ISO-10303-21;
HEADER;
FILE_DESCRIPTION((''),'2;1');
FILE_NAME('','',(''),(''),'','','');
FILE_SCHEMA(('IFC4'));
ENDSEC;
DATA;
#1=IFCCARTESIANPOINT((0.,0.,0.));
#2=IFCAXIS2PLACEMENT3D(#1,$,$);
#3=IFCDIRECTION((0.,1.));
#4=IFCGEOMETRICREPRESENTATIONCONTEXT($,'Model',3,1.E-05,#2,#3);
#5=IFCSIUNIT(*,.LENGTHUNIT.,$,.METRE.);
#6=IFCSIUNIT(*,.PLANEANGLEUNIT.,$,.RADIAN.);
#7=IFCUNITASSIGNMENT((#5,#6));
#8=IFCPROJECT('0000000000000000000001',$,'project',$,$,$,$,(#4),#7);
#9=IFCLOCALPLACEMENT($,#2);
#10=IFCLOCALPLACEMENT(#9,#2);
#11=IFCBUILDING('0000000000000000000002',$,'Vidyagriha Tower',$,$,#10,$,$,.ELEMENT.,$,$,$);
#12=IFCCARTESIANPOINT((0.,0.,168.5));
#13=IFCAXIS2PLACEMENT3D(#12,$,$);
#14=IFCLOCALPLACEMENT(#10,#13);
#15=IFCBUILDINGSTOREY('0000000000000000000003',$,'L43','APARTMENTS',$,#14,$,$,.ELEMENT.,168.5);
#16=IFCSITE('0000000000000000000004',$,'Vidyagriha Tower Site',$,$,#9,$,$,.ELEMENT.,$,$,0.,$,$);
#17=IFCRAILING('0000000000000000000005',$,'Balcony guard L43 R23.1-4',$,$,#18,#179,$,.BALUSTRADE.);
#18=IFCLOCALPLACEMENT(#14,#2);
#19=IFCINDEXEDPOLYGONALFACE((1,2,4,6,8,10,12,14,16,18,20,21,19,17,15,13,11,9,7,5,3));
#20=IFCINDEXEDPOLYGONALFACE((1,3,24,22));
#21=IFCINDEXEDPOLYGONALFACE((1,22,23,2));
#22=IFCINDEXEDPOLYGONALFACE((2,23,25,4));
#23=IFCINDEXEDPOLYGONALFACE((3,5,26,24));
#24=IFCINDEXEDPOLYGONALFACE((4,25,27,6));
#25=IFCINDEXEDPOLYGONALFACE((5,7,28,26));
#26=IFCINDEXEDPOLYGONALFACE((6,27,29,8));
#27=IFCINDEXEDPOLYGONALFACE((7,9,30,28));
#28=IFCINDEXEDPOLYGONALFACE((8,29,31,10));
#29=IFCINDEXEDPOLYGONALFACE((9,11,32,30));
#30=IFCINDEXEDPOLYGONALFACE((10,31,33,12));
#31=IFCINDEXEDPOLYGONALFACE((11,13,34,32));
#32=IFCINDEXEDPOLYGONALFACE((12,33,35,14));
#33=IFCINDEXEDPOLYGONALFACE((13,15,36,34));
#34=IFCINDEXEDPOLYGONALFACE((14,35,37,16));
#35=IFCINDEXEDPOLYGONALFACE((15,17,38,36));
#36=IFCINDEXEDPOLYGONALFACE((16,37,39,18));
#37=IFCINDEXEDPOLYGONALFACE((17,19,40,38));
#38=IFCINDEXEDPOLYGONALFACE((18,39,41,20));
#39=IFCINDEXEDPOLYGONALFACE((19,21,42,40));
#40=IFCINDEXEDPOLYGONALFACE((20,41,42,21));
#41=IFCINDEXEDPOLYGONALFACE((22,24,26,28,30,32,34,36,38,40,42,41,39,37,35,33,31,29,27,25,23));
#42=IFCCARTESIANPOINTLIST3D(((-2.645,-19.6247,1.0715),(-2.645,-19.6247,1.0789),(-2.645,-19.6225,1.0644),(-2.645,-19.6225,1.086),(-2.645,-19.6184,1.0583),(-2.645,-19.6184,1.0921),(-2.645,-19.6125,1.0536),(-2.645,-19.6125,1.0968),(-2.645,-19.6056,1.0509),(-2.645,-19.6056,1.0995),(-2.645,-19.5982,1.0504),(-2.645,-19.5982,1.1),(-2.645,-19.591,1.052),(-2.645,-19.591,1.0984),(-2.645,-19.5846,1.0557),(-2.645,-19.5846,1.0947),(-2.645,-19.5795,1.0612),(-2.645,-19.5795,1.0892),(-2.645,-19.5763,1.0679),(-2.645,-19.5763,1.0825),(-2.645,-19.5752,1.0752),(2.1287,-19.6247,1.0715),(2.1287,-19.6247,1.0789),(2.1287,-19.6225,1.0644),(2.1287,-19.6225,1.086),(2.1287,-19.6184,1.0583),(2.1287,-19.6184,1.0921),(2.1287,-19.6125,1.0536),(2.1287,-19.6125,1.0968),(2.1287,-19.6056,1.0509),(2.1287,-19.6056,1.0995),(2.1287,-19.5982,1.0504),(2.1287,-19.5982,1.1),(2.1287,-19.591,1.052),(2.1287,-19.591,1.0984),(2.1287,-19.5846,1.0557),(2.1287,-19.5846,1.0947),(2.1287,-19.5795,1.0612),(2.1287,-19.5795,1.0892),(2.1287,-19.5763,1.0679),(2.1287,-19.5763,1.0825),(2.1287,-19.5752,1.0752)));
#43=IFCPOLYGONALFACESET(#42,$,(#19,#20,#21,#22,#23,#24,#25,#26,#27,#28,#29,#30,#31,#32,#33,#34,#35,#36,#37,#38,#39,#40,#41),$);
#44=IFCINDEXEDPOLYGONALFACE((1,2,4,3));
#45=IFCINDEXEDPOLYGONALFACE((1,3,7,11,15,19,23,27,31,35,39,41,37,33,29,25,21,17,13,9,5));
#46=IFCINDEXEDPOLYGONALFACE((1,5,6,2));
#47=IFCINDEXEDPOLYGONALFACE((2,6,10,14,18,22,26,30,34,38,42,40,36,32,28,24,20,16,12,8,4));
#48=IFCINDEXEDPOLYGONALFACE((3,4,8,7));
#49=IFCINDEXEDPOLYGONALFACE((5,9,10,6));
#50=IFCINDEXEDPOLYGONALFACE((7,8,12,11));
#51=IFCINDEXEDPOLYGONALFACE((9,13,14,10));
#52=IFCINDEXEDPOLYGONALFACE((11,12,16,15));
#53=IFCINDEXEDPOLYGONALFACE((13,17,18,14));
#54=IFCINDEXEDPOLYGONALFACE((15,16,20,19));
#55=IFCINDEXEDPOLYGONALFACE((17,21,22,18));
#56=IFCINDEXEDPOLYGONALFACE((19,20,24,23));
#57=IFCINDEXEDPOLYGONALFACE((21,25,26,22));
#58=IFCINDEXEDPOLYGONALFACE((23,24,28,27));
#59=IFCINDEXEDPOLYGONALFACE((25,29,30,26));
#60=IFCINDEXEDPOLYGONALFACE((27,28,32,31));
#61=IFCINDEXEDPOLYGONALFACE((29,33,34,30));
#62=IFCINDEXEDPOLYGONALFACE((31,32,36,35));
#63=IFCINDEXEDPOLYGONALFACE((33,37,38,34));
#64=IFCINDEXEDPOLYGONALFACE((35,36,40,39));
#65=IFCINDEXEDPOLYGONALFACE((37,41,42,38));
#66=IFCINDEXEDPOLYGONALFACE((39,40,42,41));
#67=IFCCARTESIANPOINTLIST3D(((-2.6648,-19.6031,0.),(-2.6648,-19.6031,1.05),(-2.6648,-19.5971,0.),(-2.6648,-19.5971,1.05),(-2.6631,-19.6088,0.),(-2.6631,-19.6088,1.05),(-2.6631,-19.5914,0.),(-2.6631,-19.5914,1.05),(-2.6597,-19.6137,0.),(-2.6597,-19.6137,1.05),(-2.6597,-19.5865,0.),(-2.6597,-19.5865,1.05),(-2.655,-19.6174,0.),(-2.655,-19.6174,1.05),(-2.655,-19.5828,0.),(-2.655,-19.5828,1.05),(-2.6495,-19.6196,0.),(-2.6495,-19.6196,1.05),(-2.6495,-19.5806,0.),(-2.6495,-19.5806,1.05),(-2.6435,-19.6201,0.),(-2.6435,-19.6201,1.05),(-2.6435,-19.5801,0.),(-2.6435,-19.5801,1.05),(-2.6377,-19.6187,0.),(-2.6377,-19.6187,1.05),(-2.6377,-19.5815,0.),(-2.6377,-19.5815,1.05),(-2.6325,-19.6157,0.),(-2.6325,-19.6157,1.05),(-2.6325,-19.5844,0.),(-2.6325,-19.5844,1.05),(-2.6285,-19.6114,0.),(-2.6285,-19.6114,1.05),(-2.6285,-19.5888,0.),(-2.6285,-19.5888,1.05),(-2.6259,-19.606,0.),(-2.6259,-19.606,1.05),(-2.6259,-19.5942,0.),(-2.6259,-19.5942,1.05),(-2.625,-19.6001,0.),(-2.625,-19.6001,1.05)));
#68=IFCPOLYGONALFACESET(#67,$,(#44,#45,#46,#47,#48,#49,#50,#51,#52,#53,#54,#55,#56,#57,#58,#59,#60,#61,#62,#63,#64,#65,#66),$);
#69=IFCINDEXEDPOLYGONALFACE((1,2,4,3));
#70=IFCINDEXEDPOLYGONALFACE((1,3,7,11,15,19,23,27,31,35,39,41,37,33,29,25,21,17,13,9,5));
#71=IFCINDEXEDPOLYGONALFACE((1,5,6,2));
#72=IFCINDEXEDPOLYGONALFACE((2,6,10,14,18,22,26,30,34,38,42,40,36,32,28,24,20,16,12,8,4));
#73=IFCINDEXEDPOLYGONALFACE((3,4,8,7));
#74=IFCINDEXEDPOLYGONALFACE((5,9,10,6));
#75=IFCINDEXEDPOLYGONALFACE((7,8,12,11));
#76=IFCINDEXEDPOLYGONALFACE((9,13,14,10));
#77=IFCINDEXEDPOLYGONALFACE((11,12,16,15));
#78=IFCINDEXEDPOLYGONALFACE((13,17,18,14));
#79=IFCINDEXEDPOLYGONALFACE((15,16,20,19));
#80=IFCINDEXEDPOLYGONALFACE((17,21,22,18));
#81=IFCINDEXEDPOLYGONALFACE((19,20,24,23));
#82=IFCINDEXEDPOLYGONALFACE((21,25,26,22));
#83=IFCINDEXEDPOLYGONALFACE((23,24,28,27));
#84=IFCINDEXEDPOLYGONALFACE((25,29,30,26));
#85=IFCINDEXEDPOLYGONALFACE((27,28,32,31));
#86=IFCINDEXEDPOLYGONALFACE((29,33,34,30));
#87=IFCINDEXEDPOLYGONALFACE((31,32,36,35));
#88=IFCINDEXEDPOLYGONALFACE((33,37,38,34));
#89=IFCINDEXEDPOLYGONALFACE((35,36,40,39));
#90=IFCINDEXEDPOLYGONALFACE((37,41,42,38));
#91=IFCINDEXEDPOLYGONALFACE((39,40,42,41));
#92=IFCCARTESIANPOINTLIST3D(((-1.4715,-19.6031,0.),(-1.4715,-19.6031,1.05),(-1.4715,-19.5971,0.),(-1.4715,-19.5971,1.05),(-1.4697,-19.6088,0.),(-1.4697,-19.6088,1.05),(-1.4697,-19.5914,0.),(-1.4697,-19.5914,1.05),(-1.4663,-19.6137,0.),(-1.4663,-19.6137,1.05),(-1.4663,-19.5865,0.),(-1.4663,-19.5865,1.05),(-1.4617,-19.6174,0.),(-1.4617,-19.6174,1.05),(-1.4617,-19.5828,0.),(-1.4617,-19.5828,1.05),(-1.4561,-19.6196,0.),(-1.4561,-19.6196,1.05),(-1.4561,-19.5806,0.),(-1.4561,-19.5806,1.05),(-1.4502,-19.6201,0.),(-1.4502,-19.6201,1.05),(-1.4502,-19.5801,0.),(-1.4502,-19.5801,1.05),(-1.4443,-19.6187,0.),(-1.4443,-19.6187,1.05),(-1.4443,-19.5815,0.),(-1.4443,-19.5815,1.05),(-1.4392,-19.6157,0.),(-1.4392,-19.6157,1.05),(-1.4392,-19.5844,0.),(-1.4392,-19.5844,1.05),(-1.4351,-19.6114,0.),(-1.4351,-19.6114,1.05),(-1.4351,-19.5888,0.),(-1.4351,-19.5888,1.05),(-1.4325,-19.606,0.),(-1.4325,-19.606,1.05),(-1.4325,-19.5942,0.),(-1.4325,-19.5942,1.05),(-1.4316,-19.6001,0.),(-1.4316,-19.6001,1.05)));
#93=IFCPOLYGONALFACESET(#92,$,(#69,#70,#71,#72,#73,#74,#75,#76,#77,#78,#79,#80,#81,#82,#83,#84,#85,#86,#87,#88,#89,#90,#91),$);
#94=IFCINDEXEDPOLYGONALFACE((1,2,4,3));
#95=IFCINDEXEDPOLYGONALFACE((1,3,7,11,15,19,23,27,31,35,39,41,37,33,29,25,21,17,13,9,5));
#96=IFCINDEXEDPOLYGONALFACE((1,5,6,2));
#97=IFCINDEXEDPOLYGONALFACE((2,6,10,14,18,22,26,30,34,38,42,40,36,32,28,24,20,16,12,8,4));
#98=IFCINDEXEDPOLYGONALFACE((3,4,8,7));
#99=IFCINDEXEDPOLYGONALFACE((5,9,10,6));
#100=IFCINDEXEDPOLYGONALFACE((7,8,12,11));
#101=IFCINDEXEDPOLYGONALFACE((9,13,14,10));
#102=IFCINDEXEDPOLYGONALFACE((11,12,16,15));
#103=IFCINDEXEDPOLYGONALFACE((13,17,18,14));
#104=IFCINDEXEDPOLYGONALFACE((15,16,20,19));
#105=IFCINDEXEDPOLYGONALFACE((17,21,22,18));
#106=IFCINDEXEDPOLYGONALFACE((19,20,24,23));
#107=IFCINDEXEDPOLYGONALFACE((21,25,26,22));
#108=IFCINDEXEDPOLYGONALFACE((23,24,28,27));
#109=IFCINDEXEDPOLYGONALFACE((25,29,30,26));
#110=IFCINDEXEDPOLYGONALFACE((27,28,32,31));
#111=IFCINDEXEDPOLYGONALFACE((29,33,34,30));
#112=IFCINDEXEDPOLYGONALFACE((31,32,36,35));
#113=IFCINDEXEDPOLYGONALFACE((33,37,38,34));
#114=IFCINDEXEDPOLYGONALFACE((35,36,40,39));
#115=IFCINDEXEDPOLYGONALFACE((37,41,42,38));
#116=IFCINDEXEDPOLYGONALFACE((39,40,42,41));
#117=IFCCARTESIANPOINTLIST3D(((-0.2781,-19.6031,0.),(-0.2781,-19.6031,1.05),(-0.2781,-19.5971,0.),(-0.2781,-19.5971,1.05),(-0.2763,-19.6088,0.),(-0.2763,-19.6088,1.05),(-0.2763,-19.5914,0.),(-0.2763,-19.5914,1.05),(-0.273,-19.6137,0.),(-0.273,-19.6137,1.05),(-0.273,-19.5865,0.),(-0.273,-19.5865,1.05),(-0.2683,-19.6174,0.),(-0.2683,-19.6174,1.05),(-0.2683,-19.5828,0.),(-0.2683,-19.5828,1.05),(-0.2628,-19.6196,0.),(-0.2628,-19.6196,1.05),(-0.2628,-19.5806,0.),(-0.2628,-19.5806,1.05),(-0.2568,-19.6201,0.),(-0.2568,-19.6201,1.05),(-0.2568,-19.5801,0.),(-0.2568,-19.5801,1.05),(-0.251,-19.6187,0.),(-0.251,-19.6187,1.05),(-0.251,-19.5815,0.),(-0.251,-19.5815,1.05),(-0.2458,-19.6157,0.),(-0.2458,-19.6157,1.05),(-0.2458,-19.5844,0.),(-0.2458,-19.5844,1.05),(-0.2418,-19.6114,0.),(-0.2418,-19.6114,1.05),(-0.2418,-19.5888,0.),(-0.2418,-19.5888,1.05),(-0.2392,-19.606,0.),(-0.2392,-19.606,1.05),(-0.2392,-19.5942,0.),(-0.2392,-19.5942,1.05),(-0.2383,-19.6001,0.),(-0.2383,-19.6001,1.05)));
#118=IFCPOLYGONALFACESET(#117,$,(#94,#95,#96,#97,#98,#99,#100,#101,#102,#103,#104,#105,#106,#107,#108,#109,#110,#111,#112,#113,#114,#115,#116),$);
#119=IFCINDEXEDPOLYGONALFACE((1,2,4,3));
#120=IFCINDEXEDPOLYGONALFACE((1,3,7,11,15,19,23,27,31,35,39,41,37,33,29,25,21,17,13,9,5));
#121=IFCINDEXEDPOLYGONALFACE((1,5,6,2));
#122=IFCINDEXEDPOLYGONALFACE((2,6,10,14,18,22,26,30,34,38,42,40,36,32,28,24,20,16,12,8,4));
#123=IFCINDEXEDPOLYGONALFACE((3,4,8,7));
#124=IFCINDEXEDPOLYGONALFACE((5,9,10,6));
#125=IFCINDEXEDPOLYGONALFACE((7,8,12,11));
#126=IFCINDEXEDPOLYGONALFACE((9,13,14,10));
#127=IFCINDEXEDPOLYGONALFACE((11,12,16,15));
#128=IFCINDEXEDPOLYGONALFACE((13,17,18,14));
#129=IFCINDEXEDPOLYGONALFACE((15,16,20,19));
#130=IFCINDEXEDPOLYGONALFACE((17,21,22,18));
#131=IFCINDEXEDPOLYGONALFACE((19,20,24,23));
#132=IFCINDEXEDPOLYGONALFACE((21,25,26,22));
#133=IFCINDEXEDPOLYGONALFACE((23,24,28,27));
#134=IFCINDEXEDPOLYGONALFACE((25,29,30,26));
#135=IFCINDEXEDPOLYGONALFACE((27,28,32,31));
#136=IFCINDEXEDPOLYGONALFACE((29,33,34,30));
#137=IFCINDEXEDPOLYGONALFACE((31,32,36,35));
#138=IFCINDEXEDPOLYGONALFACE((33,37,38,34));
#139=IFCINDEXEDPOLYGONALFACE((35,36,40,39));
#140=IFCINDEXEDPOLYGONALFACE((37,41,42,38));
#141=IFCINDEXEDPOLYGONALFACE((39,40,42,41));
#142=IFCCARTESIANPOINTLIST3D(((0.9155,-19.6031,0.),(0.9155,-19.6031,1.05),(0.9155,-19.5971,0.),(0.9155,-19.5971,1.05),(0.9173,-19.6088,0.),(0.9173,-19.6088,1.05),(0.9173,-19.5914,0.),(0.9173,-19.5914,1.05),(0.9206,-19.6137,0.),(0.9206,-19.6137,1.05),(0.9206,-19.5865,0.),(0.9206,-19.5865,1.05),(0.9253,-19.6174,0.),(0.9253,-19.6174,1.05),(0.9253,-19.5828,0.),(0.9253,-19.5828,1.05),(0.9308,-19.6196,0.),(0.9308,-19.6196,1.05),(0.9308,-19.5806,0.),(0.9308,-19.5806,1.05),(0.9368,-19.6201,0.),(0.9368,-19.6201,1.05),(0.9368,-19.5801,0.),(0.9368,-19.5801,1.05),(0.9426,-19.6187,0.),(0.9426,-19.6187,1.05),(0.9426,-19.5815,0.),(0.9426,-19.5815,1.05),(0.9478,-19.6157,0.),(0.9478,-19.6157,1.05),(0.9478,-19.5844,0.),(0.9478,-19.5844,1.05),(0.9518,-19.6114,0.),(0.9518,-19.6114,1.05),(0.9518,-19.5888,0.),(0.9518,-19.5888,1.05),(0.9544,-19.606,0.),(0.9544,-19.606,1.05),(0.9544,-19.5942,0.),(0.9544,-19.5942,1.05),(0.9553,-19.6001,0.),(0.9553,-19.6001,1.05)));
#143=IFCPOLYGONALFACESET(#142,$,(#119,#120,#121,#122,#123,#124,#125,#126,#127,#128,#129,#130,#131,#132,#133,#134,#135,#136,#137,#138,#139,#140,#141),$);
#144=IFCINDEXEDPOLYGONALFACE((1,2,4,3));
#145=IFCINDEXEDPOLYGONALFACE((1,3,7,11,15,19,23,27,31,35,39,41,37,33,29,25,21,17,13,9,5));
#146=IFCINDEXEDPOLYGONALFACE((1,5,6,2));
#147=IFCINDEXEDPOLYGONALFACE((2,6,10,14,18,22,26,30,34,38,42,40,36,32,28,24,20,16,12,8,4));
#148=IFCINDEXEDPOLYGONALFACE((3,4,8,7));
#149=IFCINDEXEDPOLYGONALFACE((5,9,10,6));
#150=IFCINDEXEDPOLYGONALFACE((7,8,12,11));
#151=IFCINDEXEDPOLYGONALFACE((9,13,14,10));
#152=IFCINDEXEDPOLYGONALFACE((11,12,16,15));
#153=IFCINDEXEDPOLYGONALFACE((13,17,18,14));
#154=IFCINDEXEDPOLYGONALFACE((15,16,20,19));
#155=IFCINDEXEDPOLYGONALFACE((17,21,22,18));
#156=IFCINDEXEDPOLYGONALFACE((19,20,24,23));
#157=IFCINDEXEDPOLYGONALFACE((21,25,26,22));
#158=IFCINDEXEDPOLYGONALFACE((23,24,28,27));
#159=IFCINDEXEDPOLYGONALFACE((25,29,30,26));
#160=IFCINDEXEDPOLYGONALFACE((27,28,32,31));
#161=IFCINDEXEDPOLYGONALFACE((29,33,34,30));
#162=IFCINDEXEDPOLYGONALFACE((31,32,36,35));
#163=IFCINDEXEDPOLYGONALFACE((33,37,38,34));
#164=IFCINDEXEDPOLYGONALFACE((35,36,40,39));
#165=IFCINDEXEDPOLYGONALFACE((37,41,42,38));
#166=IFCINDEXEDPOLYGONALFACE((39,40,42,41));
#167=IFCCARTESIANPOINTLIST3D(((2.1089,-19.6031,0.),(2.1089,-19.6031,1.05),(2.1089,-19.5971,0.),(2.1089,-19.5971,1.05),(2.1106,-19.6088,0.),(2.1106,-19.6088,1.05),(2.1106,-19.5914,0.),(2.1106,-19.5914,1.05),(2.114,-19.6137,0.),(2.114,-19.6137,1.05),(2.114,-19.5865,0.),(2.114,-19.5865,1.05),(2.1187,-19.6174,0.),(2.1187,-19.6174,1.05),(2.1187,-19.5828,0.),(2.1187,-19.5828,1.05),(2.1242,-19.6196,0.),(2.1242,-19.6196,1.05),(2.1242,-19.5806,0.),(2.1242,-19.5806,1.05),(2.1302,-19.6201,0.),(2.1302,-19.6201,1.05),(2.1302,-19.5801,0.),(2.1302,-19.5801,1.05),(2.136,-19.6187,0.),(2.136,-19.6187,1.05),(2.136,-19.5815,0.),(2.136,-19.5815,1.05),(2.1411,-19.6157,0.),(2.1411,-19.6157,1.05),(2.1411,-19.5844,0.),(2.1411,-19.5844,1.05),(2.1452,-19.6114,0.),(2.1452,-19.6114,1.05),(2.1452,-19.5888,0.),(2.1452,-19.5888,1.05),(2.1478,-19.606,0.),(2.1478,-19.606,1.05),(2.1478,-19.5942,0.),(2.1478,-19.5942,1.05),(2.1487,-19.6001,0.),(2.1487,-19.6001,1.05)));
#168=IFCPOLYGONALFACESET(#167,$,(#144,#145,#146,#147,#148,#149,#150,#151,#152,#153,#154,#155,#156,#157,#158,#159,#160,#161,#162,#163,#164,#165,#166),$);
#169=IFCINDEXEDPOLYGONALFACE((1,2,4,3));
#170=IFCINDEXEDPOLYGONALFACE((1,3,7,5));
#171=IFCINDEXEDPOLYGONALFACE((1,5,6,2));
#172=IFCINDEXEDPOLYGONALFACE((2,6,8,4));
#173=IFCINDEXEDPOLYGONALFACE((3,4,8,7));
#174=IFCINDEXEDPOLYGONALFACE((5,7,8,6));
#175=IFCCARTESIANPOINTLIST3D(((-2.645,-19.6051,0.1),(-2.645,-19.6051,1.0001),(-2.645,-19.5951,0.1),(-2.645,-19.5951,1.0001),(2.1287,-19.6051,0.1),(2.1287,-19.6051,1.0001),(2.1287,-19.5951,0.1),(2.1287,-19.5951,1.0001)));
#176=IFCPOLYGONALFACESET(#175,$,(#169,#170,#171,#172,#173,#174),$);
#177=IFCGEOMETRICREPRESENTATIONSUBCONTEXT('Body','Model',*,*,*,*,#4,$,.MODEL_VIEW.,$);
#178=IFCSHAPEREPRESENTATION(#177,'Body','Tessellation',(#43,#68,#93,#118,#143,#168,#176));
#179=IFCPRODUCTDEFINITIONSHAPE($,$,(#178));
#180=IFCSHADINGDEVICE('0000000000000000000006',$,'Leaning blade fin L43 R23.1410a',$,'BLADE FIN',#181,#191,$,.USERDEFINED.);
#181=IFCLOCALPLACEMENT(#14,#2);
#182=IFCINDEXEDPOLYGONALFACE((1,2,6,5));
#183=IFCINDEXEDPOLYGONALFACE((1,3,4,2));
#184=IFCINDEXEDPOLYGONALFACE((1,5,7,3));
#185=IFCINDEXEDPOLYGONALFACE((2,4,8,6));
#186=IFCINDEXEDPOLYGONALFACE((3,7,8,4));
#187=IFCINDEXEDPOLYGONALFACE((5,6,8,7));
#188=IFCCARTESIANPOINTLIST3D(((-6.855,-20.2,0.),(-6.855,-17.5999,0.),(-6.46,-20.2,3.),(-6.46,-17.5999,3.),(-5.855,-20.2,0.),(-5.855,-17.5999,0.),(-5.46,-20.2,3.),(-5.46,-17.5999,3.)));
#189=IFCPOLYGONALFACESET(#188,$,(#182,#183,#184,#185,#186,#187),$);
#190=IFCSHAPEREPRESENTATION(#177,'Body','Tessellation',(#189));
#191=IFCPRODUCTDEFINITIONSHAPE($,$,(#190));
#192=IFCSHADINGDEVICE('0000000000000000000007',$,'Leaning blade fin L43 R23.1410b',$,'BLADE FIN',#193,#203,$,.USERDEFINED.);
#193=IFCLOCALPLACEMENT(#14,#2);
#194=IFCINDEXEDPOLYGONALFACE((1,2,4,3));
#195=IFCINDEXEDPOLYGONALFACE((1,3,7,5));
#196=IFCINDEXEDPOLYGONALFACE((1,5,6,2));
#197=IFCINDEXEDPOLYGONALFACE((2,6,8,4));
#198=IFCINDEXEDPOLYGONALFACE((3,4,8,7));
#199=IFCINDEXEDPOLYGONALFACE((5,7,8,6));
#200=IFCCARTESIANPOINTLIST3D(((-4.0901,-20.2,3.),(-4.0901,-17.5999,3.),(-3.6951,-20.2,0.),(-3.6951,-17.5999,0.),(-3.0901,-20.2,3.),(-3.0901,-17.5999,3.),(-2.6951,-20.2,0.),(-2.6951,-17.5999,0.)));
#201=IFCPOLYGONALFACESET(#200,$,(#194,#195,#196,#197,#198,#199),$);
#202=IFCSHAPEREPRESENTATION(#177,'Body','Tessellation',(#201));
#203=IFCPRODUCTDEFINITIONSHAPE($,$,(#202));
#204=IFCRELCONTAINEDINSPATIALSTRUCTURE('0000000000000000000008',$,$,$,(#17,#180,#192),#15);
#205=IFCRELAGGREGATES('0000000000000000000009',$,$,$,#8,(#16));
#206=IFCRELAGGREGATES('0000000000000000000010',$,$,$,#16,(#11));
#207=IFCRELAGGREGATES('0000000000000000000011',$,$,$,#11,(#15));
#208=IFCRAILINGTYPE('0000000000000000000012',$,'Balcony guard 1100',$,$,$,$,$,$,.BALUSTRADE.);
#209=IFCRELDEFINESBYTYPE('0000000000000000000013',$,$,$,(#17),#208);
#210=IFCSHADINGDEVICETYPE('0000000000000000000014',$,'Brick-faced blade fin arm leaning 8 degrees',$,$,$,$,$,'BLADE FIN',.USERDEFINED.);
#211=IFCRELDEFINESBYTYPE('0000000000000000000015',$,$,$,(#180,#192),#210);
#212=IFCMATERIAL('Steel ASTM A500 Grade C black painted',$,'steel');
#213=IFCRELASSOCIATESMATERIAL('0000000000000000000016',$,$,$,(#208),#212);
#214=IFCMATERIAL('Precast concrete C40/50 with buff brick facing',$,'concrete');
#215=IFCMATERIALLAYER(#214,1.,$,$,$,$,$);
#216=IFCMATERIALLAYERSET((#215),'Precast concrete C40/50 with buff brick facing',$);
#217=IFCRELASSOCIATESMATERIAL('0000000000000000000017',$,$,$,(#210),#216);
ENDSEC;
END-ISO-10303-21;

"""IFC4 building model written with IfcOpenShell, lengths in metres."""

from ifc_helpers import new_model, si_unit, direction, frame, origin, origin_2d, place, context, subcontext, project, spatial, polyline, rectangle, circle, outline, extrude, material, layer, layer_set, type_object, element, save


model = new_model("IFC4")

# Units and contexts
model_context = context("Model", 3, precision=1e-05, world=origin(), true_north=direction((0.0, 1.0)))
body_context = subcontext(model_context, "Body", "Model", "MODEL_VIEW")
ifc_project = project(units=[si_unit("LENGTHUNIT", "METRE"), si_unit("PLANEANGLEUNIT", "RADIAN")], contexts=[model_context])

# Site, building, storey
site_placement = place(None, origin())
site = spatial("IfcSite", under=ifc_project, at=site_placement, Name="Vidyagriha Tower Site", CompositionType="ELEMENT", RefElevation=0.0)
building_placement = place(site_placement, origin())
building = spatial("IfcBuilding", under=site, at=building_placement, Name="Vidyagriha Tower", CompositionType="ELEMENT")
storey_placement = place(building_placement, frame((0.0, 0.0, 168.5)))
storey = spatial("IfcBuildingStorey", under=building, at=storey_placement, Name="L43", Description="APARTMENTS", CompositionType="ELEMENT", Elevation=168.5)

# Railing
ifc_material_1 = material(Name="Steel ASTM A500 Grade C black painted", Category="steel")
railing_type = type_object("IfcRailingType", Name="Balcony guard 1100", PredefinedType="BALUSTRADE", material=ifc_material_1)
railing_1_placement = place(storey_placement, frame((-2.645, -19.6001, 0.0)))
element("IfcRailing", 1, at=railing_1_placement, inside=storey, type_object=railing_type, Name="Balcony guard L43 R23.1-4", PredefinedType="BALUSTRADE", context=body_context, shape_type="SweptSolid", body=[
    extrude(circle(Radius=0.0249, at=origin_2d()), frame((0.0, 0.0, 1.0752), z_axis=(1.0, 0.0, 0.0), x_axis=(0.0, 1.0, 0.0)), (0.0, 0.0, 1.0), 4.7737),
    extrude(circle(Radius=0.02, at=origin_2d()), origin(), (0.0, 0.0, 1.0), 1.05),
    extrude(circle(Radius=0.02, at=origin_2d()), frame((1.1934, 0.0, 0.0)), (0.0, 0.0, 1.0), 1.05),
    extrude(circle(Radius=0.02, at=origin_2d()), frame((2.3867, 0.0, 0.0)), (0.0, 0.0, 1.0), 1.05),
    extrude(circle(Radius=0.02, at=origin_2d()), frame((3.5803, 0.0, 0.0)), (0.0, 0.0, 1.0), 1.05),
    extrude(circle(Radius=0.02, at=origin_2d()), frame((4.7737, 0.0, 0.0)), (0.0, 0.0, 1.0), 1.05),
    extrude(rectangle(XDim=0.01, YDim=0.9001, at=origin_2d()), frame((0.0, 0.0, 0.55), z_axis=(1.0, 0.0, 0.0), x_axis=(0.0, 1.0, 0.0)), (0.0, 0.0, 1.0), 4.7737),
])

# Shading devices
ifc_material_2 = material(Name="Precast concrete C40/50 with buff brick facing", Category="concrete")
ifc_layer_1 = layer(ifc_material_2, 1.0)
ifc_layer_set_1 = layer_set([ifc_layer_1], Name="Precast concrete C40/50 with buff brick facing")
shading_device_type_1 = type_object("IfcShadingDeviceType", Name="Brick-faced blade fin arm leaning 8 degrees", ElementType="BLADE FIN", PredefinedType="USERDEFINED", material=ifc_layer_set_1)
shading_device_1_placement = place(storey_placement, frame((-6.855, -18.8999, 0.0)))
element("IfcShadingDevice", 2, at=shading_device_1_placement, inside=storey, type_object=shading_device_type_1, Name="Leaning blade fin L43 R23.1410a", ObjectType="BLADE FIN", PredefinedType="USERDEFINED", context=body_context, shape_type="SweptSolid", body=[
    extrude(outline(polyline([(0.0, 0.0), (1.0, 0.0), (1.395, 3.0), (0.395, 3.0), (0.0, 0.0)])), frame((0.0, 1.3, 0.0), z_axis=(0.0, -1.0, 0.0), x_axis=(1.0, 0.0, 0.0)), (0.0, 0.0, 1.0), 2.6001),
])
shading_device_2_placement = place(storey_placement, frame((-4.0901, -18.8999, 0.0)))
element("IfcShadingDevice", 3, at=shading_device_2_placement, inside=storey, type_object=shading_device_type_1, Name="Leaning blade fin L43 R23.1410b", ObjectType="BLADE FIN", PredefinedType="USERDEFINED", context=body_context, shape_type="SweptSolid", body=[
    extrude(outline(polyline([(0.395, 0.0), (1.395, 0.0), (1.0, 3.0), (0.0, 3.0), (0.395, 0.0)])), frame((0.0, 1.3, 0.0), z_axis=(0.0, -1.0, 0.0), x_axis=(1.0, 0.0, 0.0)), (0.0, 0.0, 1.0), 2.6001),
])

save(model, "model.ifc")
